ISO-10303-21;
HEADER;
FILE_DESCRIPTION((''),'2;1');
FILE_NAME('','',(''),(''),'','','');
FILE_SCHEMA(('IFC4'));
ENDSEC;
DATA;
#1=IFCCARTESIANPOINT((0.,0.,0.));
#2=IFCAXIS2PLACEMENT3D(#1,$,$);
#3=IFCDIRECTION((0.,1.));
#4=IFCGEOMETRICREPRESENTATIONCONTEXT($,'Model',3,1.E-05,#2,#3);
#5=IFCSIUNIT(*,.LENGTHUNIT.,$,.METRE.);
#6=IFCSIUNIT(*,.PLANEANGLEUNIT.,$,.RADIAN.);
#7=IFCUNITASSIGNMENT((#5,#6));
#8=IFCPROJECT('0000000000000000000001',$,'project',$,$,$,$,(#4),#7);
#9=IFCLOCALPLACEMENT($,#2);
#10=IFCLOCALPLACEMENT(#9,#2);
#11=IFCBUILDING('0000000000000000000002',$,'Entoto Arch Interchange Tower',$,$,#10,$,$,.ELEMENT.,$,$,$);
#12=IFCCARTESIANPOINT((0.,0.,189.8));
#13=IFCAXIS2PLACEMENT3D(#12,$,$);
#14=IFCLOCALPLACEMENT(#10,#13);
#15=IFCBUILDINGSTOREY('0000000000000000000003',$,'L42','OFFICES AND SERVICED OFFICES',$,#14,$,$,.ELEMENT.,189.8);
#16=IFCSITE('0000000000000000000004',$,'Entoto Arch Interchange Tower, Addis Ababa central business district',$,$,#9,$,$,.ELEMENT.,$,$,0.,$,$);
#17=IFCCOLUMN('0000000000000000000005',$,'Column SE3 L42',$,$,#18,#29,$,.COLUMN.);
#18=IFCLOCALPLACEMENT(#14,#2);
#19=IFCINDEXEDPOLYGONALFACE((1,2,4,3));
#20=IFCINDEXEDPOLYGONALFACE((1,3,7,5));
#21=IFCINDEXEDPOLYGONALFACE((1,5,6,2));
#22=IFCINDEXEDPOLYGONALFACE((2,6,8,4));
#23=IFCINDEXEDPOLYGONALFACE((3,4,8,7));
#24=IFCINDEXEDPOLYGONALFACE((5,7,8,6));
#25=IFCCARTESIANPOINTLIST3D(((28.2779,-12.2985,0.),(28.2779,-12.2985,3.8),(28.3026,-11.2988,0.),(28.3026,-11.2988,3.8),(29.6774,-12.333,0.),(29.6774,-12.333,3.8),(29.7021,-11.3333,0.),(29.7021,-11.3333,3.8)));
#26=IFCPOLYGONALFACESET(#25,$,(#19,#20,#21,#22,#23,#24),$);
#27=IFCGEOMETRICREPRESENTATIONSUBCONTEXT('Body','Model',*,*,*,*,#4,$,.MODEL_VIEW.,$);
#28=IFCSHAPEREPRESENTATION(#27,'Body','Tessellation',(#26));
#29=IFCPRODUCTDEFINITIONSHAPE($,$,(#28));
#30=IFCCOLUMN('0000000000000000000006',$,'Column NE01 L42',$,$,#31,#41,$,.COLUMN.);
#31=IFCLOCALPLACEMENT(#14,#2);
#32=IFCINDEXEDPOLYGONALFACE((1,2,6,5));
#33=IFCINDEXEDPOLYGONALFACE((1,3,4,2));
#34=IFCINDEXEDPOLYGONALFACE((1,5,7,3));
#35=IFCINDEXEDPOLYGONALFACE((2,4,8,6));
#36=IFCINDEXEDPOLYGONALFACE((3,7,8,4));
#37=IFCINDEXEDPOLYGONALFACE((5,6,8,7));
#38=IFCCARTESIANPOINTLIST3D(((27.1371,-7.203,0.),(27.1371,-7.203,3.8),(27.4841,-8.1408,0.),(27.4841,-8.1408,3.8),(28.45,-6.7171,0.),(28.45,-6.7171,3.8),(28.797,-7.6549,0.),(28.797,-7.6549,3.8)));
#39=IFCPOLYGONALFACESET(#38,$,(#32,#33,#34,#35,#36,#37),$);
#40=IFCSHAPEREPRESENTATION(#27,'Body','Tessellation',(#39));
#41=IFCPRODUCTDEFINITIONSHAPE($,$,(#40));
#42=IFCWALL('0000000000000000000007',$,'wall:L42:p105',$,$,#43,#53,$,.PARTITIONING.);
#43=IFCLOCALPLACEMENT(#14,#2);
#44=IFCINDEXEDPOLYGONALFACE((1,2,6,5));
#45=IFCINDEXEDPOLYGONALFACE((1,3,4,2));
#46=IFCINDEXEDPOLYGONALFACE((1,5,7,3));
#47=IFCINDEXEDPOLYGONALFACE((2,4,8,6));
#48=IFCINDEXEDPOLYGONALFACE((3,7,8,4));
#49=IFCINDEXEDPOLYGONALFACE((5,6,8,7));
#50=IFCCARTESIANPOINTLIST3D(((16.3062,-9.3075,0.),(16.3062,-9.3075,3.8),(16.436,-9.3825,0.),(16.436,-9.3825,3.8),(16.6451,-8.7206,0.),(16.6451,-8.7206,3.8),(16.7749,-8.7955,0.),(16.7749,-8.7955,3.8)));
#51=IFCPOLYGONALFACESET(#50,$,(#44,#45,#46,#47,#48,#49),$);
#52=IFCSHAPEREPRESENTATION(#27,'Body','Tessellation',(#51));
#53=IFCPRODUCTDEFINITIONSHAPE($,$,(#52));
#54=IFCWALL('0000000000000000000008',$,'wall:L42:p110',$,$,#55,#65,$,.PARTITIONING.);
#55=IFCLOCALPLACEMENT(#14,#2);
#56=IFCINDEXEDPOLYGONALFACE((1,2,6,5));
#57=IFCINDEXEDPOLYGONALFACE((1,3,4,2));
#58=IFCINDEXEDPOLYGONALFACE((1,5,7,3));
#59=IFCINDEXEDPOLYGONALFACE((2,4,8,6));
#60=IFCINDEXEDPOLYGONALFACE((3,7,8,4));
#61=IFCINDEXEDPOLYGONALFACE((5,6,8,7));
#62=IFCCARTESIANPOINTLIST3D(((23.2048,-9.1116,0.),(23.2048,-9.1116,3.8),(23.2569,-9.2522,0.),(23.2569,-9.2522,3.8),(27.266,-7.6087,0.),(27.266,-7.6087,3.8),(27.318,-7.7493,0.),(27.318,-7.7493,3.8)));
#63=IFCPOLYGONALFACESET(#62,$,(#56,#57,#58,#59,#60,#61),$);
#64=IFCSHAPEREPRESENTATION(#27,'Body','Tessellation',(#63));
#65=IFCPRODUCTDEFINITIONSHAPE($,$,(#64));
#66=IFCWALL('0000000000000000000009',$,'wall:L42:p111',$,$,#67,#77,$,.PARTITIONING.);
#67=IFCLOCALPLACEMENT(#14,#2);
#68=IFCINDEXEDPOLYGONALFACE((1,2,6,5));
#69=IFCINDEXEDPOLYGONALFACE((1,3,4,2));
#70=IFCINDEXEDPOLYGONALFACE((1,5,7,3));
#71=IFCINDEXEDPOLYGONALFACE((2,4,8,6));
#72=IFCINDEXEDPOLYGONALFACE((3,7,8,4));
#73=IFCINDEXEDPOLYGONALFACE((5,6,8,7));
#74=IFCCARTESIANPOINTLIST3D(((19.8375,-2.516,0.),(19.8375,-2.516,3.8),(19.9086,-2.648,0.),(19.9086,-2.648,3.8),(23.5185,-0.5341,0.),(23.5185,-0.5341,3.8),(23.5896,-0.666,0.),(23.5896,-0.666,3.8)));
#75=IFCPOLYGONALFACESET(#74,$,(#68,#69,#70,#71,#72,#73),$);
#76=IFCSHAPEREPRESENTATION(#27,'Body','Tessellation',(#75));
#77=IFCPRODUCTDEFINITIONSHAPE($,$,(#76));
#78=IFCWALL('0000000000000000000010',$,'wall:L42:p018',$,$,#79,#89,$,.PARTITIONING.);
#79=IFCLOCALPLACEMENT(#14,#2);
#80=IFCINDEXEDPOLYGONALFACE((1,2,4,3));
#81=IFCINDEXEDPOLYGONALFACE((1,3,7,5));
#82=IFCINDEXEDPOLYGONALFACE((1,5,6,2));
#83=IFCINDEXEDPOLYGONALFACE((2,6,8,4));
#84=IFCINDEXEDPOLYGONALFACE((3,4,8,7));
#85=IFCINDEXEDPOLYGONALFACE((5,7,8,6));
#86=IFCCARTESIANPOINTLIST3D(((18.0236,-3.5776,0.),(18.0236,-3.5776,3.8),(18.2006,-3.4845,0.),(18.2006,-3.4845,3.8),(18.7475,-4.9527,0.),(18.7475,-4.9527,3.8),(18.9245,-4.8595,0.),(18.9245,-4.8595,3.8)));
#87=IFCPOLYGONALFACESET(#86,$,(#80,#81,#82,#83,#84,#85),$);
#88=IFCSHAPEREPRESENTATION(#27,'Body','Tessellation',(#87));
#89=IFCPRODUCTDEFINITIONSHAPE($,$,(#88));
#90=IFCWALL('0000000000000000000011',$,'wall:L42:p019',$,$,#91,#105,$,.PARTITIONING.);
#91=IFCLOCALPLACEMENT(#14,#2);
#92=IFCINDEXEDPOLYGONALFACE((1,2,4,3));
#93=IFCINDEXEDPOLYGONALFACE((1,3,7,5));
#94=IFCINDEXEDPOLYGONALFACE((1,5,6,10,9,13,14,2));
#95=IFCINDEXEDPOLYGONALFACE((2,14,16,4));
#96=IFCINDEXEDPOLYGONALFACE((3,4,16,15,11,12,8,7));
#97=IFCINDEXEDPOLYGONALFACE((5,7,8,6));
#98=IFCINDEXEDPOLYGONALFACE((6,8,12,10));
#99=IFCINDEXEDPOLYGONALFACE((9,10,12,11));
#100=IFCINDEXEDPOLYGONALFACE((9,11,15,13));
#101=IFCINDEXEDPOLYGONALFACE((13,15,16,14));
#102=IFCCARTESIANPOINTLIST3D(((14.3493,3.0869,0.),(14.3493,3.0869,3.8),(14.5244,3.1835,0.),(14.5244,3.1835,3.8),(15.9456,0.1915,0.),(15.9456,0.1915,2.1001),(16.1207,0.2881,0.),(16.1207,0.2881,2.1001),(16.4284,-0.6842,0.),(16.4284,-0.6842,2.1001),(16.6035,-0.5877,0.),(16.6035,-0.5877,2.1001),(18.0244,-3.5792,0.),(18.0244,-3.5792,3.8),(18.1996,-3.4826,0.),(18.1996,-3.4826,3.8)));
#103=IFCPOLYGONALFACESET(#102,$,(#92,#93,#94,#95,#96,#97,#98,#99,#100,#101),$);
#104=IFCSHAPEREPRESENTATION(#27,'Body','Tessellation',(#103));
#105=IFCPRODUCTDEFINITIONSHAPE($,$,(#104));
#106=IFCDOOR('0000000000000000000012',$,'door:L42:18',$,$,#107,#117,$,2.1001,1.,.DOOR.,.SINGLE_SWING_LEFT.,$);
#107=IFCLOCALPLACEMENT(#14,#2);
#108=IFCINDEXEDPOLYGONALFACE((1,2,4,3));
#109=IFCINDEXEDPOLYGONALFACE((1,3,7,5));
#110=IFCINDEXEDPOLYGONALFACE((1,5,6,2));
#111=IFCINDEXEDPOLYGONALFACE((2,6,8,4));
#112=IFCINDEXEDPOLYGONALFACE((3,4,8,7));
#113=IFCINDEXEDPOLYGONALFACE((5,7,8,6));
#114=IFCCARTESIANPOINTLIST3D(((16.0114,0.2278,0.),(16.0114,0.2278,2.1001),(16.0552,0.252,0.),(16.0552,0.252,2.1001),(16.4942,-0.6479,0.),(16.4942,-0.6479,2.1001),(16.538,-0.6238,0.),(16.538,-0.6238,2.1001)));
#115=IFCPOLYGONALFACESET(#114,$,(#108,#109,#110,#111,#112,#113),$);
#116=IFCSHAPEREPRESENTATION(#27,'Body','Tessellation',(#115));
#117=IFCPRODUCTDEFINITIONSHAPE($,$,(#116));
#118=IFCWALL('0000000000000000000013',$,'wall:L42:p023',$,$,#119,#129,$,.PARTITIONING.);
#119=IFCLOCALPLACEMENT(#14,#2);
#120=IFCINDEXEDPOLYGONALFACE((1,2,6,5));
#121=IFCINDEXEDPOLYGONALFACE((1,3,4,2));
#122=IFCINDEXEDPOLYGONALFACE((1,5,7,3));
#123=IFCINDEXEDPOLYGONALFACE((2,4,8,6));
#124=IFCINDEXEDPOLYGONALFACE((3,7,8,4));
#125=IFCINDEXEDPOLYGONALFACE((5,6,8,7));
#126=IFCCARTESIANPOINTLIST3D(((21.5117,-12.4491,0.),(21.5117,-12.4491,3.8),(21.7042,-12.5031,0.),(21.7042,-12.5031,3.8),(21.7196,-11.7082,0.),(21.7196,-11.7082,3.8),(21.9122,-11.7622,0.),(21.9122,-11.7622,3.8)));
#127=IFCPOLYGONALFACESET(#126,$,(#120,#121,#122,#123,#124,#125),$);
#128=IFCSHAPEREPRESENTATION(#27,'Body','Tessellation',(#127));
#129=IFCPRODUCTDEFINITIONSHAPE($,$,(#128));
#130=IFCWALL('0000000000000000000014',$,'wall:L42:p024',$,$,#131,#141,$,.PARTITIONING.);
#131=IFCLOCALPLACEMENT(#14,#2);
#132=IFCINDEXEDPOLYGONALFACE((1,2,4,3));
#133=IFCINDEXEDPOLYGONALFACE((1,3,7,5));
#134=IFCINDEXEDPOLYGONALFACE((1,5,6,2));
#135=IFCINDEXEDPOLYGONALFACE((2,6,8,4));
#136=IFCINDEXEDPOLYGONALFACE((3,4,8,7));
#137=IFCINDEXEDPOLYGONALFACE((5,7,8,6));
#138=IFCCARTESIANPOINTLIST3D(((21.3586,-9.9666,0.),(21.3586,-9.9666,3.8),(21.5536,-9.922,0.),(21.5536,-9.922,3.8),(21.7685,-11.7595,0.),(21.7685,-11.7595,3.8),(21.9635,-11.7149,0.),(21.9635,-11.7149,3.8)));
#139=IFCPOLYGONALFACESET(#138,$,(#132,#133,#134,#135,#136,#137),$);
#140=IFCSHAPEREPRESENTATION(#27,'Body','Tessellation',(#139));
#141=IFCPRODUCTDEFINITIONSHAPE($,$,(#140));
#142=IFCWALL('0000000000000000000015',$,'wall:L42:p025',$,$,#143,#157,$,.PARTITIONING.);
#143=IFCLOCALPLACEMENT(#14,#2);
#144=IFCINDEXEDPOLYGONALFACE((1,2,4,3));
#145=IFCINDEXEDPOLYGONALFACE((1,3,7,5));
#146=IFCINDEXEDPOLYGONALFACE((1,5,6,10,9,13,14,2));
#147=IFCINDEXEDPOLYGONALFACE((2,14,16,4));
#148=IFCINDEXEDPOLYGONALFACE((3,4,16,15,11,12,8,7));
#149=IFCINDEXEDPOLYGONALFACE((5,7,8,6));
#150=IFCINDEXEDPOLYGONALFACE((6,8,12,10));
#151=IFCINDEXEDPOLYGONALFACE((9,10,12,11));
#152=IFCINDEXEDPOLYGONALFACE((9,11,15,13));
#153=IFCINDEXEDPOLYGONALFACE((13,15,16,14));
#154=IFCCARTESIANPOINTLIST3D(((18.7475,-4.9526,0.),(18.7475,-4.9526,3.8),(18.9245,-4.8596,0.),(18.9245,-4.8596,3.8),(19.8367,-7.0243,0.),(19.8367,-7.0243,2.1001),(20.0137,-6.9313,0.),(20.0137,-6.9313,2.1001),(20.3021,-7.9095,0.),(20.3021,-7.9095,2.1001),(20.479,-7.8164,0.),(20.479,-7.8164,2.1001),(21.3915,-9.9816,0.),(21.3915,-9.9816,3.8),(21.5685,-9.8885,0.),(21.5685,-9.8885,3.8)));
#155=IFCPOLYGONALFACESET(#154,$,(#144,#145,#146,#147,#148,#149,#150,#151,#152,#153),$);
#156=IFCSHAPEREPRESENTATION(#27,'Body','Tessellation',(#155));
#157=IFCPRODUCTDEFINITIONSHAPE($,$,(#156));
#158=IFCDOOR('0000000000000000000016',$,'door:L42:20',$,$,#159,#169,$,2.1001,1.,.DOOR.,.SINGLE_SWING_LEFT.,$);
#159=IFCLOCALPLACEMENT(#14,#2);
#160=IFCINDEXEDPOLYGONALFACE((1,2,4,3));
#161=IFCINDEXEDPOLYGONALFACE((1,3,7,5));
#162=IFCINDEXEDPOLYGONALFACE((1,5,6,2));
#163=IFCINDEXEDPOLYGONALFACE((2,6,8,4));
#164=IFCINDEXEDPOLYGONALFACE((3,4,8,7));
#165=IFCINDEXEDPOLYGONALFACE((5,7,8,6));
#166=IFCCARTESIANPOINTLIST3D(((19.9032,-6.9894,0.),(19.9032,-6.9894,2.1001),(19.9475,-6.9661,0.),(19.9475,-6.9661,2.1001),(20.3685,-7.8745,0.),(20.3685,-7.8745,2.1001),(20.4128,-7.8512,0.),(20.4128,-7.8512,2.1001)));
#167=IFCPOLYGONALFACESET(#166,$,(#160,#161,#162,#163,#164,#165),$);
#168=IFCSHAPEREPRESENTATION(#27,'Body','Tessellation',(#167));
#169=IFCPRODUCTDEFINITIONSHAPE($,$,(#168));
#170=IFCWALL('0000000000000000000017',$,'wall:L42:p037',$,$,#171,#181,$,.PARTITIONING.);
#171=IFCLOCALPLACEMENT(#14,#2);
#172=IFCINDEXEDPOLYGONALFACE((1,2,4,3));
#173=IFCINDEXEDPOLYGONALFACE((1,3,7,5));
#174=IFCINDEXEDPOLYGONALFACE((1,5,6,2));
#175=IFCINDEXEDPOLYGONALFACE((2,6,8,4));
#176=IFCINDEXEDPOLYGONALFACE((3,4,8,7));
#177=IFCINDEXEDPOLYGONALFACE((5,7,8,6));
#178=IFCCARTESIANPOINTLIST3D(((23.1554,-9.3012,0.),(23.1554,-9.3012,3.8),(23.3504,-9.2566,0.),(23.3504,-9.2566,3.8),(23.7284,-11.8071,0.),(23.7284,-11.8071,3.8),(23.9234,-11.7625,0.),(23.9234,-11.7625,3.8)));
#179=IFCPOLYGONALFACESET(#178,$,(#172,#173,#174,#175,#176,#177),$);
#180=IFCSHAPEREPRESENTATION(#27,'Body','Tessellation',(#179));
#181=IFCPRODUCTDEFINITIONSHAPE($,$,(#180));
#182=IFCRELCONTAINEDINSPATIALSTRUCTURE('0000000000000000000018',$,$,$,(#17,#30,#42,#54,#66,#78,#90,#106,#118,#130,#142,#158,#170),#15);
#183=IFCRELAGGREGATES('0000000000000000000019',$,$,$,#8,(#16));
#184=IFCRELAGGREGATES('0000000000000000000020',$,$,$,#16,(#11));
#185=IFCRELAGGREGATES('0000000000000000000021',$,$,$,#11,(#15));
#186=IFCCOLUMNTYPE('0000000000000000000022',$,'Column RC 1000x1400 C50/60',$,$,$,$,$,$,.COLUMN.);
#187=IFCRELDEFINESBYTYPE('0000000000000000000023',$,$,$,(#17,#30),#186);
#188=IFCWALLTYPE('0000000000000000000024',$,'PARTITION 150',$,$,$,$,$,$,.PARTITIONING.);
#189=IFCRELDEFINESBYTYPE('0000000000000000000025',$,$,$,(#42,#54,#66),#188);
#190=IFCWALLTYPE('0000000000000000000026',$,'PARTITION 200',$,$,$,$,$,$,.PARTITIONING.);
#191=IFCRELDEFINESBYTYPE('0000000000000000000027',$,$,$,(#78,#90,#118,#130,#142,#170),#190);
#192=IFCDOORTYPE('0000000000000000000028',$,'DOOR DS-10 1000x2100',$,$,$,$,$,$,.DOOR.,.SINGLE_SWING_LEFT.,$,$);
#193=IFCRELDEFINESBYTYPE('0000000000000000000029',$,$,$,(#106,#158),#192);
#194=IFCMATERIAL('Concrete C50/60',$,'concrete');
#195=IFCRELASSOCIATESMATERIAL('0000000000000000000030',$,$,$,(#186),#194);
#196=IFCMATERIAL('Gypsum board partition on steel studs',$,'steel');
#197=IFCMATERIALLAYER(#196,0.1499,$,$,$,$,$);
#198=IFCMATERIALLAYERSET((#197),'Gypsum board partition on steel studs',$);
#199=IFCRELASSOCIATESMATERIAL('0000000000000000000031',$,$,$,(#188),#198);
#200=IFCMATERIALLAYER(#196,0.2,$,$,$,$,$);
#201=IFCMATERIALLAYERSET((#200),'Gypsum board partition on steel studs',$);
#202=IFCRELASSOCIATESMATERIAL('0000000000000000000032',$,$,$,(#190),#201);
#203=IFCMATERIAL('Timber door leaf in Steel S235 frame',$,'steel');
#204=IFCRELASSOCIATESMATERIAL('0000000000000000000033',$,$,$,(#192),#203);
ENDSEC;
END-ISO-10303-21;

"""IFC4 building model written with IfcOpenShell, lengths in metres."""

from ifc_helpers import new_model, si_unit, direction, frame, frame_2d, origin, origin_2d, place, context, subcontext, project, spatial, rectangle, extrude, material, layer, layer_set, material_profile, profile_set, type_object, element, fill, save


model = new_model("IFC4")

# Units and contexts
model_context = context("Model", 3, precision=1e-05, world=origin(), true_north=direction((0.0, 1.0)))
body_context = subcontext(model_context, "Body", "Model", "MODEL_VIEW")
ifc_project = project(units=[si_unit("LENGTHUNIT", "METRE"), si_unit("PLANEANGLEUNIT", "RADIAN")], contexts=[model_context])

# Site, building, storey
site_placement = place(None, origin())
site = spatial("IfcSite", under=ifc_project, at=site_placement, Name="Entoto Arch Interchange Tower, Addis Ababa central business district", CompositionType="ELEMENT", RefElevation=0.0)
building_placement = place(site_placement, origin())
building = spatial("IfcBuilding", under=site, at=building_placement, Name="Entoto Arch Interchange Tower", CompositionType="ELEMENT")
storey_placement = place(building_placement, frame((0.0, 0.0, 189.8)))
storey = spatial("IfcBuildingStorey", under=building, at=storey_placement, Name="L42", Description="OFFICES AND SERVICED OFFICES", CompositionType="ELEMENT", Elevation=189.8)

# Columns
ifc_material_1 = material(Name="Concrete C50/60", Category="concrete")
ifc_material_profile = material_profile(ifc_material_1, rectangle(XDim=1.0, YDim=1.3999, at=origin_2d()))
ifc_profile_set = profile_set([ifc_material_profile], Name="Concrete C50/60")
column_type = type_object("IfcColumnType", Name="Column RC 1000x1400 C50/60", PredefinedType="COLUMN", material=ifc_profile_set)
for number, where, z_axis, x_axis, name in (
    (1, (28.99, -11.8159, 0.0), (0.0, 0.0, 1.0), (0.024676, 0.999695, 0.0), "Column SE3 L42"),
    (2, (27.967, -7.429, 0.0), (0.0, 0.0, 1.0), (-0.347067, 0.93784, 0.0), "Column NE01 L42"),
):
    element("IfcColumn", number, at=place(storey_placement, frame(where, z_axis=z_axis, x_axis=x_axis)), inside=storey, type_object=column_type, Name=name, PredefinedType="COLUMN", context=body_context, shape_type="SweptSolid", body=[
        extrude(rectangle(XDim=1.0, YDim=1.3999, at=origin_2d()), origin(), (0.0, 0.0, 1.0), 3.8),
    ])

# Walls
ifc_material_2 = material(Name="Gypsum board partition on steel studs", Category="steel")
ifc_layer_1 = layer(ifc_material_2, 0.1499)
ifc_layer_set_1 = layer_set([ifc_layer_1], Name="Gypsum board partition on steel studs")
wall_type_1 = type_object("IfcWallType", Name="PARTITION 150", PredefinedType="PARTITIONING", material=ifc_layer_set_1)
wall_1_placement = place(storey_placement, frame((16.71, -8.7581, 0.0), z_axis=(0.0, 0.0, 1.0), x_axis=(-0.500013, -0.866018, 0.0)))
element("IfcWall", 3, at=wall_1_placement, inside=storey, type_object=wall_type_1, Name="wall:L42:p105", PredefinedType="PARTITIONING", context=body_context, shape_type="SweptSolid", body=[
    extrude(rectangle(XDim=0.6777, YDim=0.1499, at=frame_2d((0.3389, 0.0))), origin(), (0.0, 0.0, 1.0), 3.8),
])
wall_2_placement = place(storey_placement, frame((23.231, -9.1819, 0.0), z_axis=(0.0, 0.0, 1.0), x_axis=(0.937836, 0.347079, 0.0)))
element("IfcWall", 4, at=wall_2_placement, inside=storey, type_object=wall_type_1, Name="wall:L42:p110", PredefinedType="PARTITIONING", context=body_context, shape_type="SweptSolid", body=[
    extrude(rectangle(XDim=4.3303, YDim=0.1499, at=frame_2d((2.165, 0.0))), origin(), (0.0, 0.0, 1.0), 3.8),
])
wall_3_placement = place(storey_placement, frame((19.873, -2.582, 0.0), z_axis=(0.0, 0.0, 1.0), x_axis=(0.88048, 0.474082, 0.0)))
element("IfcWall", 5, at=wall_3_placement, inside=storey, type_object=wall_type_1, Name="wall:L42:p111", PredefinedType="PARTITIONING", context=body_context, shape_type="SweptSolid", body=[
    extrude(rectangle(XDim=4.1807, YDim=0.1499, at=frame_2d((2.0903, 0.0))), origin(), (0.0, 0.0, 1.0), 3.8),
])
ifc_layer_2 = layer(ifc_material_2, 0.2)
ifc_layer_set_2 = layer_set([ifc_layer_2], Name="Gypsum board partition on steel studs")
wall_type_2 = type_object("IfcWallType", Name="PARTITION 200", PredefinedType="PARTITIONING", material=ifc_layer_set_2)
wall_4_placement = place(storey_placement, frame((18.8359, -4.906, 0.0), z_axis=(0.0, 0.0, 1.0), x_axis=(-0.465844, 0.884867, 0.0)))
element("IfcWall", 6, at=wall_4_placement, inside=storey, type_object=wall_type_2, Name="wall:L42:p018", PredefinedType="PARTITIONING", context=body_context, shape_type="SweptSolid", body=[
    extrude(rectangle(XDim=1.554, YDim=0.2, at=frame_2d((0.7769, 0.0))), origin(), (0.0, 0.0, 1.0), 3.8),
])

# Wall, opening, door
wall_5_placement = place(storey_placement, frame((18.1121, -3.531, 0.0), z_axis=(0.0, 0.0, 1.0), x_axis=(-0.4828, 0.875731, 0.0)))
wall_5 = element("IfcWall", 7, at=wall_5_placement, inside=storey, type_object=wall_type_2, Name="wall:L42:p019", PredefinedType="PARTITIONING", context=body_context, shape_type="SweptSolid", body=[
    extrude(rectangle(XDim=7.6121, YDim=0.2, at=frame_2d((3.8062, 0.0))), origin(), (0.0, 0.0, 1.0), 3.8),
])
opening_1_placement = place(wall_5_placement, frame((3.3059, 0.0, 0.0)))
opening_1 = element("IfcOpeningElement", 8, at=opening_1_placement, cuts=wall_5, PredefinedType="OPENING", context=body_context, shape_type="SweptSolid", body=[
    extrude(rectangle(XDim=1.0, YDim=2.1001, at=frame_2d((0.5, 1.05))), frame((0.0, 0.1099, 0.0), z_axis=(0.0, -1.0, 0.0), x_axis=(1.0, 0.0, 0.0)), (0.0, 0.0, 1.0), 0.22),
])
ifc_material_3 = material(Name="Timber door leaf in Steel S235 frame", Category="steel")
door_type = type_object("IfcDoorType", Name="DOOR DS-10 1000x2100", OperationType="SINGLE_SWING_LEFT", PredefinedType="DOOR", material=ifc_material_3)
door_1_placement = place(opening_1_placement, origin())
door_1 = element("IfcDoor", 9, at=door_1_placement, inside=storey, type_object=door_type, Name="door:L42:18", OperationType="SINGLE_SWING_LEFT", OverallHeight=2.1001, OverallWidth=1.0, PredefinedType="DOOR", context=body_context, shape_type="SweptSolid", body=[
    extrude(rectangle(XDim=1.0, YDim=2.1001, at=frame_2d((0.5, 1.05))), frame((0.0, 0.0249, 0.0), z_axis=(0.0, -1.0, 0.0), x_axis=(1.0, 0.0, 0.0)), (0.0, 0.0, 1.0), 0.05),
])
fill(opening_1, door_1)

# Walls
wall_6_placement = place(storey_placement, frame((21.6079, -12.4761, 0.0), z_axis=(0.0, 0.0, 1.0), x_axis=(0.270277, 0.962783, 0.0)))
element("IfcWall", 10, at=wall_6_placement, inside=storey, type_object=wall_type_2, Name="wall:L42:p023", PredefinedType="PARTITIONING", context=body_context, shape_type="SweptSolid", body=[
    extrude(rectangle(XDim=0.7695, YDim=0.2, at=frame_2d((0.3848, 0.0))), origin(), (0.0, 0.0, 1.0), 3.8),
])
wall_7_placement = place(storey_placement, frame((21.866, -11.7371, 0.0), z_axis=(0.0, 0.0, 1.0), x_axis=(-0.222872, 0.974848, 0.0)))
element("IfcWall", 11, at=wall_7_placement, inside=storey, type_object=wall_type_2, Name="wall:L42:p024", PredefinedType="PARTITIONING", context=body_context, shape_type="SweptSolid", body=[
    extrude(rectangle(XDim=1.8391, YDim=0.2, at=frame_2d((0.9194, 0.0))), origin(), (0.0, 0.0, 1.0), 3.8),
])

# Wall, opening, door
wall_8_placement = place(storey_placement, frame((21.48, -9.9351, 0.0), z_axis=(0.0, 0.0, 1.0), x_axis=(-0.465357, 0.885123, 0.0)))
wall_8 = element("IfcWall", 12, at=wall_8_placement, inside=storey, type_object=wall_type_2, Name="wall:L42:p025", PredefinedType="PARTITIONING", context=body_context, shape_type="SweptSolid", body=[
    extrude(rectangle(XDim=5.6816, YDim=0.2, at=frame_2d((2.8408, 0.0))), origin(), (0.0, 0.0, 1.0), 3.8),
])
opening_2_placement = place(wall_8_placement, frame((2.3411, 0.0, 0.0)))
opening_2 = element("IfcOpeningElement", 13, at=opening_2_placement, cuts=wall_8, PredefinedType="OPENING", context=body_context, shape_type="SweptSolid", body=[
    extrude(rectangle(XDim=1.0, YDim=2.1001, at=frame_2d((0.5, 1.05))), frame((0.0, 0.1099, 0.0), z_axis=(0.0, -1.0, 0.0), x_axis=(1.0, 0.0, 0.0)), (0.0, 0.0, 1.0), 0.22),
])
door_2_placement = place(opening_2_placement, origin())
door_2 = element("IfcDoor", 14, at=door_2_placement, inside=storey, type_object=door_type, Name="door:L42:20", OperationType="SINGLE_SWING_LEFT", OverallHeight=2.1001, OverallWidth=1.0, PredefinedType="DOOR", context=body_context, shape_type="SweptSolid", body=[
    extrude(rectangle(XDim=1.0, YDim=2.1001, at=frame_2d((0.5, 1.05))), frame((0.0, 0.0249, 0.0), z_axis=(0.0, -1.0, 0.0), x_axis=(1.0, 0.0, 0.0)), (0.0, 0.0, 1.0), 0.05),
])
fill(opening_2, door_2)

# Wall
wall_9_placement = place(storey_placement, frame((23.2529, -9.2791, 0.0), z_axis=(0.0, 0.0, 1.0), x_axis=(0.22291, -0.974839, 0.0)))
element("IfcWall", 15, at=wall_9_placement, inside=storey, type_object=wall_type_2, Name="wall:L42:p037", PredefinedType="PARTITIONING", context=body_context, shape_type="SweptSolid", body=[
    extrude(rectangle(XDim=2.5706, YDim=0.2, at=frame_2d((1.2852, 0.0))), origin(), (0.0, 0.0, 1.0), 3.8),
])

save(model, "model.ifc")
